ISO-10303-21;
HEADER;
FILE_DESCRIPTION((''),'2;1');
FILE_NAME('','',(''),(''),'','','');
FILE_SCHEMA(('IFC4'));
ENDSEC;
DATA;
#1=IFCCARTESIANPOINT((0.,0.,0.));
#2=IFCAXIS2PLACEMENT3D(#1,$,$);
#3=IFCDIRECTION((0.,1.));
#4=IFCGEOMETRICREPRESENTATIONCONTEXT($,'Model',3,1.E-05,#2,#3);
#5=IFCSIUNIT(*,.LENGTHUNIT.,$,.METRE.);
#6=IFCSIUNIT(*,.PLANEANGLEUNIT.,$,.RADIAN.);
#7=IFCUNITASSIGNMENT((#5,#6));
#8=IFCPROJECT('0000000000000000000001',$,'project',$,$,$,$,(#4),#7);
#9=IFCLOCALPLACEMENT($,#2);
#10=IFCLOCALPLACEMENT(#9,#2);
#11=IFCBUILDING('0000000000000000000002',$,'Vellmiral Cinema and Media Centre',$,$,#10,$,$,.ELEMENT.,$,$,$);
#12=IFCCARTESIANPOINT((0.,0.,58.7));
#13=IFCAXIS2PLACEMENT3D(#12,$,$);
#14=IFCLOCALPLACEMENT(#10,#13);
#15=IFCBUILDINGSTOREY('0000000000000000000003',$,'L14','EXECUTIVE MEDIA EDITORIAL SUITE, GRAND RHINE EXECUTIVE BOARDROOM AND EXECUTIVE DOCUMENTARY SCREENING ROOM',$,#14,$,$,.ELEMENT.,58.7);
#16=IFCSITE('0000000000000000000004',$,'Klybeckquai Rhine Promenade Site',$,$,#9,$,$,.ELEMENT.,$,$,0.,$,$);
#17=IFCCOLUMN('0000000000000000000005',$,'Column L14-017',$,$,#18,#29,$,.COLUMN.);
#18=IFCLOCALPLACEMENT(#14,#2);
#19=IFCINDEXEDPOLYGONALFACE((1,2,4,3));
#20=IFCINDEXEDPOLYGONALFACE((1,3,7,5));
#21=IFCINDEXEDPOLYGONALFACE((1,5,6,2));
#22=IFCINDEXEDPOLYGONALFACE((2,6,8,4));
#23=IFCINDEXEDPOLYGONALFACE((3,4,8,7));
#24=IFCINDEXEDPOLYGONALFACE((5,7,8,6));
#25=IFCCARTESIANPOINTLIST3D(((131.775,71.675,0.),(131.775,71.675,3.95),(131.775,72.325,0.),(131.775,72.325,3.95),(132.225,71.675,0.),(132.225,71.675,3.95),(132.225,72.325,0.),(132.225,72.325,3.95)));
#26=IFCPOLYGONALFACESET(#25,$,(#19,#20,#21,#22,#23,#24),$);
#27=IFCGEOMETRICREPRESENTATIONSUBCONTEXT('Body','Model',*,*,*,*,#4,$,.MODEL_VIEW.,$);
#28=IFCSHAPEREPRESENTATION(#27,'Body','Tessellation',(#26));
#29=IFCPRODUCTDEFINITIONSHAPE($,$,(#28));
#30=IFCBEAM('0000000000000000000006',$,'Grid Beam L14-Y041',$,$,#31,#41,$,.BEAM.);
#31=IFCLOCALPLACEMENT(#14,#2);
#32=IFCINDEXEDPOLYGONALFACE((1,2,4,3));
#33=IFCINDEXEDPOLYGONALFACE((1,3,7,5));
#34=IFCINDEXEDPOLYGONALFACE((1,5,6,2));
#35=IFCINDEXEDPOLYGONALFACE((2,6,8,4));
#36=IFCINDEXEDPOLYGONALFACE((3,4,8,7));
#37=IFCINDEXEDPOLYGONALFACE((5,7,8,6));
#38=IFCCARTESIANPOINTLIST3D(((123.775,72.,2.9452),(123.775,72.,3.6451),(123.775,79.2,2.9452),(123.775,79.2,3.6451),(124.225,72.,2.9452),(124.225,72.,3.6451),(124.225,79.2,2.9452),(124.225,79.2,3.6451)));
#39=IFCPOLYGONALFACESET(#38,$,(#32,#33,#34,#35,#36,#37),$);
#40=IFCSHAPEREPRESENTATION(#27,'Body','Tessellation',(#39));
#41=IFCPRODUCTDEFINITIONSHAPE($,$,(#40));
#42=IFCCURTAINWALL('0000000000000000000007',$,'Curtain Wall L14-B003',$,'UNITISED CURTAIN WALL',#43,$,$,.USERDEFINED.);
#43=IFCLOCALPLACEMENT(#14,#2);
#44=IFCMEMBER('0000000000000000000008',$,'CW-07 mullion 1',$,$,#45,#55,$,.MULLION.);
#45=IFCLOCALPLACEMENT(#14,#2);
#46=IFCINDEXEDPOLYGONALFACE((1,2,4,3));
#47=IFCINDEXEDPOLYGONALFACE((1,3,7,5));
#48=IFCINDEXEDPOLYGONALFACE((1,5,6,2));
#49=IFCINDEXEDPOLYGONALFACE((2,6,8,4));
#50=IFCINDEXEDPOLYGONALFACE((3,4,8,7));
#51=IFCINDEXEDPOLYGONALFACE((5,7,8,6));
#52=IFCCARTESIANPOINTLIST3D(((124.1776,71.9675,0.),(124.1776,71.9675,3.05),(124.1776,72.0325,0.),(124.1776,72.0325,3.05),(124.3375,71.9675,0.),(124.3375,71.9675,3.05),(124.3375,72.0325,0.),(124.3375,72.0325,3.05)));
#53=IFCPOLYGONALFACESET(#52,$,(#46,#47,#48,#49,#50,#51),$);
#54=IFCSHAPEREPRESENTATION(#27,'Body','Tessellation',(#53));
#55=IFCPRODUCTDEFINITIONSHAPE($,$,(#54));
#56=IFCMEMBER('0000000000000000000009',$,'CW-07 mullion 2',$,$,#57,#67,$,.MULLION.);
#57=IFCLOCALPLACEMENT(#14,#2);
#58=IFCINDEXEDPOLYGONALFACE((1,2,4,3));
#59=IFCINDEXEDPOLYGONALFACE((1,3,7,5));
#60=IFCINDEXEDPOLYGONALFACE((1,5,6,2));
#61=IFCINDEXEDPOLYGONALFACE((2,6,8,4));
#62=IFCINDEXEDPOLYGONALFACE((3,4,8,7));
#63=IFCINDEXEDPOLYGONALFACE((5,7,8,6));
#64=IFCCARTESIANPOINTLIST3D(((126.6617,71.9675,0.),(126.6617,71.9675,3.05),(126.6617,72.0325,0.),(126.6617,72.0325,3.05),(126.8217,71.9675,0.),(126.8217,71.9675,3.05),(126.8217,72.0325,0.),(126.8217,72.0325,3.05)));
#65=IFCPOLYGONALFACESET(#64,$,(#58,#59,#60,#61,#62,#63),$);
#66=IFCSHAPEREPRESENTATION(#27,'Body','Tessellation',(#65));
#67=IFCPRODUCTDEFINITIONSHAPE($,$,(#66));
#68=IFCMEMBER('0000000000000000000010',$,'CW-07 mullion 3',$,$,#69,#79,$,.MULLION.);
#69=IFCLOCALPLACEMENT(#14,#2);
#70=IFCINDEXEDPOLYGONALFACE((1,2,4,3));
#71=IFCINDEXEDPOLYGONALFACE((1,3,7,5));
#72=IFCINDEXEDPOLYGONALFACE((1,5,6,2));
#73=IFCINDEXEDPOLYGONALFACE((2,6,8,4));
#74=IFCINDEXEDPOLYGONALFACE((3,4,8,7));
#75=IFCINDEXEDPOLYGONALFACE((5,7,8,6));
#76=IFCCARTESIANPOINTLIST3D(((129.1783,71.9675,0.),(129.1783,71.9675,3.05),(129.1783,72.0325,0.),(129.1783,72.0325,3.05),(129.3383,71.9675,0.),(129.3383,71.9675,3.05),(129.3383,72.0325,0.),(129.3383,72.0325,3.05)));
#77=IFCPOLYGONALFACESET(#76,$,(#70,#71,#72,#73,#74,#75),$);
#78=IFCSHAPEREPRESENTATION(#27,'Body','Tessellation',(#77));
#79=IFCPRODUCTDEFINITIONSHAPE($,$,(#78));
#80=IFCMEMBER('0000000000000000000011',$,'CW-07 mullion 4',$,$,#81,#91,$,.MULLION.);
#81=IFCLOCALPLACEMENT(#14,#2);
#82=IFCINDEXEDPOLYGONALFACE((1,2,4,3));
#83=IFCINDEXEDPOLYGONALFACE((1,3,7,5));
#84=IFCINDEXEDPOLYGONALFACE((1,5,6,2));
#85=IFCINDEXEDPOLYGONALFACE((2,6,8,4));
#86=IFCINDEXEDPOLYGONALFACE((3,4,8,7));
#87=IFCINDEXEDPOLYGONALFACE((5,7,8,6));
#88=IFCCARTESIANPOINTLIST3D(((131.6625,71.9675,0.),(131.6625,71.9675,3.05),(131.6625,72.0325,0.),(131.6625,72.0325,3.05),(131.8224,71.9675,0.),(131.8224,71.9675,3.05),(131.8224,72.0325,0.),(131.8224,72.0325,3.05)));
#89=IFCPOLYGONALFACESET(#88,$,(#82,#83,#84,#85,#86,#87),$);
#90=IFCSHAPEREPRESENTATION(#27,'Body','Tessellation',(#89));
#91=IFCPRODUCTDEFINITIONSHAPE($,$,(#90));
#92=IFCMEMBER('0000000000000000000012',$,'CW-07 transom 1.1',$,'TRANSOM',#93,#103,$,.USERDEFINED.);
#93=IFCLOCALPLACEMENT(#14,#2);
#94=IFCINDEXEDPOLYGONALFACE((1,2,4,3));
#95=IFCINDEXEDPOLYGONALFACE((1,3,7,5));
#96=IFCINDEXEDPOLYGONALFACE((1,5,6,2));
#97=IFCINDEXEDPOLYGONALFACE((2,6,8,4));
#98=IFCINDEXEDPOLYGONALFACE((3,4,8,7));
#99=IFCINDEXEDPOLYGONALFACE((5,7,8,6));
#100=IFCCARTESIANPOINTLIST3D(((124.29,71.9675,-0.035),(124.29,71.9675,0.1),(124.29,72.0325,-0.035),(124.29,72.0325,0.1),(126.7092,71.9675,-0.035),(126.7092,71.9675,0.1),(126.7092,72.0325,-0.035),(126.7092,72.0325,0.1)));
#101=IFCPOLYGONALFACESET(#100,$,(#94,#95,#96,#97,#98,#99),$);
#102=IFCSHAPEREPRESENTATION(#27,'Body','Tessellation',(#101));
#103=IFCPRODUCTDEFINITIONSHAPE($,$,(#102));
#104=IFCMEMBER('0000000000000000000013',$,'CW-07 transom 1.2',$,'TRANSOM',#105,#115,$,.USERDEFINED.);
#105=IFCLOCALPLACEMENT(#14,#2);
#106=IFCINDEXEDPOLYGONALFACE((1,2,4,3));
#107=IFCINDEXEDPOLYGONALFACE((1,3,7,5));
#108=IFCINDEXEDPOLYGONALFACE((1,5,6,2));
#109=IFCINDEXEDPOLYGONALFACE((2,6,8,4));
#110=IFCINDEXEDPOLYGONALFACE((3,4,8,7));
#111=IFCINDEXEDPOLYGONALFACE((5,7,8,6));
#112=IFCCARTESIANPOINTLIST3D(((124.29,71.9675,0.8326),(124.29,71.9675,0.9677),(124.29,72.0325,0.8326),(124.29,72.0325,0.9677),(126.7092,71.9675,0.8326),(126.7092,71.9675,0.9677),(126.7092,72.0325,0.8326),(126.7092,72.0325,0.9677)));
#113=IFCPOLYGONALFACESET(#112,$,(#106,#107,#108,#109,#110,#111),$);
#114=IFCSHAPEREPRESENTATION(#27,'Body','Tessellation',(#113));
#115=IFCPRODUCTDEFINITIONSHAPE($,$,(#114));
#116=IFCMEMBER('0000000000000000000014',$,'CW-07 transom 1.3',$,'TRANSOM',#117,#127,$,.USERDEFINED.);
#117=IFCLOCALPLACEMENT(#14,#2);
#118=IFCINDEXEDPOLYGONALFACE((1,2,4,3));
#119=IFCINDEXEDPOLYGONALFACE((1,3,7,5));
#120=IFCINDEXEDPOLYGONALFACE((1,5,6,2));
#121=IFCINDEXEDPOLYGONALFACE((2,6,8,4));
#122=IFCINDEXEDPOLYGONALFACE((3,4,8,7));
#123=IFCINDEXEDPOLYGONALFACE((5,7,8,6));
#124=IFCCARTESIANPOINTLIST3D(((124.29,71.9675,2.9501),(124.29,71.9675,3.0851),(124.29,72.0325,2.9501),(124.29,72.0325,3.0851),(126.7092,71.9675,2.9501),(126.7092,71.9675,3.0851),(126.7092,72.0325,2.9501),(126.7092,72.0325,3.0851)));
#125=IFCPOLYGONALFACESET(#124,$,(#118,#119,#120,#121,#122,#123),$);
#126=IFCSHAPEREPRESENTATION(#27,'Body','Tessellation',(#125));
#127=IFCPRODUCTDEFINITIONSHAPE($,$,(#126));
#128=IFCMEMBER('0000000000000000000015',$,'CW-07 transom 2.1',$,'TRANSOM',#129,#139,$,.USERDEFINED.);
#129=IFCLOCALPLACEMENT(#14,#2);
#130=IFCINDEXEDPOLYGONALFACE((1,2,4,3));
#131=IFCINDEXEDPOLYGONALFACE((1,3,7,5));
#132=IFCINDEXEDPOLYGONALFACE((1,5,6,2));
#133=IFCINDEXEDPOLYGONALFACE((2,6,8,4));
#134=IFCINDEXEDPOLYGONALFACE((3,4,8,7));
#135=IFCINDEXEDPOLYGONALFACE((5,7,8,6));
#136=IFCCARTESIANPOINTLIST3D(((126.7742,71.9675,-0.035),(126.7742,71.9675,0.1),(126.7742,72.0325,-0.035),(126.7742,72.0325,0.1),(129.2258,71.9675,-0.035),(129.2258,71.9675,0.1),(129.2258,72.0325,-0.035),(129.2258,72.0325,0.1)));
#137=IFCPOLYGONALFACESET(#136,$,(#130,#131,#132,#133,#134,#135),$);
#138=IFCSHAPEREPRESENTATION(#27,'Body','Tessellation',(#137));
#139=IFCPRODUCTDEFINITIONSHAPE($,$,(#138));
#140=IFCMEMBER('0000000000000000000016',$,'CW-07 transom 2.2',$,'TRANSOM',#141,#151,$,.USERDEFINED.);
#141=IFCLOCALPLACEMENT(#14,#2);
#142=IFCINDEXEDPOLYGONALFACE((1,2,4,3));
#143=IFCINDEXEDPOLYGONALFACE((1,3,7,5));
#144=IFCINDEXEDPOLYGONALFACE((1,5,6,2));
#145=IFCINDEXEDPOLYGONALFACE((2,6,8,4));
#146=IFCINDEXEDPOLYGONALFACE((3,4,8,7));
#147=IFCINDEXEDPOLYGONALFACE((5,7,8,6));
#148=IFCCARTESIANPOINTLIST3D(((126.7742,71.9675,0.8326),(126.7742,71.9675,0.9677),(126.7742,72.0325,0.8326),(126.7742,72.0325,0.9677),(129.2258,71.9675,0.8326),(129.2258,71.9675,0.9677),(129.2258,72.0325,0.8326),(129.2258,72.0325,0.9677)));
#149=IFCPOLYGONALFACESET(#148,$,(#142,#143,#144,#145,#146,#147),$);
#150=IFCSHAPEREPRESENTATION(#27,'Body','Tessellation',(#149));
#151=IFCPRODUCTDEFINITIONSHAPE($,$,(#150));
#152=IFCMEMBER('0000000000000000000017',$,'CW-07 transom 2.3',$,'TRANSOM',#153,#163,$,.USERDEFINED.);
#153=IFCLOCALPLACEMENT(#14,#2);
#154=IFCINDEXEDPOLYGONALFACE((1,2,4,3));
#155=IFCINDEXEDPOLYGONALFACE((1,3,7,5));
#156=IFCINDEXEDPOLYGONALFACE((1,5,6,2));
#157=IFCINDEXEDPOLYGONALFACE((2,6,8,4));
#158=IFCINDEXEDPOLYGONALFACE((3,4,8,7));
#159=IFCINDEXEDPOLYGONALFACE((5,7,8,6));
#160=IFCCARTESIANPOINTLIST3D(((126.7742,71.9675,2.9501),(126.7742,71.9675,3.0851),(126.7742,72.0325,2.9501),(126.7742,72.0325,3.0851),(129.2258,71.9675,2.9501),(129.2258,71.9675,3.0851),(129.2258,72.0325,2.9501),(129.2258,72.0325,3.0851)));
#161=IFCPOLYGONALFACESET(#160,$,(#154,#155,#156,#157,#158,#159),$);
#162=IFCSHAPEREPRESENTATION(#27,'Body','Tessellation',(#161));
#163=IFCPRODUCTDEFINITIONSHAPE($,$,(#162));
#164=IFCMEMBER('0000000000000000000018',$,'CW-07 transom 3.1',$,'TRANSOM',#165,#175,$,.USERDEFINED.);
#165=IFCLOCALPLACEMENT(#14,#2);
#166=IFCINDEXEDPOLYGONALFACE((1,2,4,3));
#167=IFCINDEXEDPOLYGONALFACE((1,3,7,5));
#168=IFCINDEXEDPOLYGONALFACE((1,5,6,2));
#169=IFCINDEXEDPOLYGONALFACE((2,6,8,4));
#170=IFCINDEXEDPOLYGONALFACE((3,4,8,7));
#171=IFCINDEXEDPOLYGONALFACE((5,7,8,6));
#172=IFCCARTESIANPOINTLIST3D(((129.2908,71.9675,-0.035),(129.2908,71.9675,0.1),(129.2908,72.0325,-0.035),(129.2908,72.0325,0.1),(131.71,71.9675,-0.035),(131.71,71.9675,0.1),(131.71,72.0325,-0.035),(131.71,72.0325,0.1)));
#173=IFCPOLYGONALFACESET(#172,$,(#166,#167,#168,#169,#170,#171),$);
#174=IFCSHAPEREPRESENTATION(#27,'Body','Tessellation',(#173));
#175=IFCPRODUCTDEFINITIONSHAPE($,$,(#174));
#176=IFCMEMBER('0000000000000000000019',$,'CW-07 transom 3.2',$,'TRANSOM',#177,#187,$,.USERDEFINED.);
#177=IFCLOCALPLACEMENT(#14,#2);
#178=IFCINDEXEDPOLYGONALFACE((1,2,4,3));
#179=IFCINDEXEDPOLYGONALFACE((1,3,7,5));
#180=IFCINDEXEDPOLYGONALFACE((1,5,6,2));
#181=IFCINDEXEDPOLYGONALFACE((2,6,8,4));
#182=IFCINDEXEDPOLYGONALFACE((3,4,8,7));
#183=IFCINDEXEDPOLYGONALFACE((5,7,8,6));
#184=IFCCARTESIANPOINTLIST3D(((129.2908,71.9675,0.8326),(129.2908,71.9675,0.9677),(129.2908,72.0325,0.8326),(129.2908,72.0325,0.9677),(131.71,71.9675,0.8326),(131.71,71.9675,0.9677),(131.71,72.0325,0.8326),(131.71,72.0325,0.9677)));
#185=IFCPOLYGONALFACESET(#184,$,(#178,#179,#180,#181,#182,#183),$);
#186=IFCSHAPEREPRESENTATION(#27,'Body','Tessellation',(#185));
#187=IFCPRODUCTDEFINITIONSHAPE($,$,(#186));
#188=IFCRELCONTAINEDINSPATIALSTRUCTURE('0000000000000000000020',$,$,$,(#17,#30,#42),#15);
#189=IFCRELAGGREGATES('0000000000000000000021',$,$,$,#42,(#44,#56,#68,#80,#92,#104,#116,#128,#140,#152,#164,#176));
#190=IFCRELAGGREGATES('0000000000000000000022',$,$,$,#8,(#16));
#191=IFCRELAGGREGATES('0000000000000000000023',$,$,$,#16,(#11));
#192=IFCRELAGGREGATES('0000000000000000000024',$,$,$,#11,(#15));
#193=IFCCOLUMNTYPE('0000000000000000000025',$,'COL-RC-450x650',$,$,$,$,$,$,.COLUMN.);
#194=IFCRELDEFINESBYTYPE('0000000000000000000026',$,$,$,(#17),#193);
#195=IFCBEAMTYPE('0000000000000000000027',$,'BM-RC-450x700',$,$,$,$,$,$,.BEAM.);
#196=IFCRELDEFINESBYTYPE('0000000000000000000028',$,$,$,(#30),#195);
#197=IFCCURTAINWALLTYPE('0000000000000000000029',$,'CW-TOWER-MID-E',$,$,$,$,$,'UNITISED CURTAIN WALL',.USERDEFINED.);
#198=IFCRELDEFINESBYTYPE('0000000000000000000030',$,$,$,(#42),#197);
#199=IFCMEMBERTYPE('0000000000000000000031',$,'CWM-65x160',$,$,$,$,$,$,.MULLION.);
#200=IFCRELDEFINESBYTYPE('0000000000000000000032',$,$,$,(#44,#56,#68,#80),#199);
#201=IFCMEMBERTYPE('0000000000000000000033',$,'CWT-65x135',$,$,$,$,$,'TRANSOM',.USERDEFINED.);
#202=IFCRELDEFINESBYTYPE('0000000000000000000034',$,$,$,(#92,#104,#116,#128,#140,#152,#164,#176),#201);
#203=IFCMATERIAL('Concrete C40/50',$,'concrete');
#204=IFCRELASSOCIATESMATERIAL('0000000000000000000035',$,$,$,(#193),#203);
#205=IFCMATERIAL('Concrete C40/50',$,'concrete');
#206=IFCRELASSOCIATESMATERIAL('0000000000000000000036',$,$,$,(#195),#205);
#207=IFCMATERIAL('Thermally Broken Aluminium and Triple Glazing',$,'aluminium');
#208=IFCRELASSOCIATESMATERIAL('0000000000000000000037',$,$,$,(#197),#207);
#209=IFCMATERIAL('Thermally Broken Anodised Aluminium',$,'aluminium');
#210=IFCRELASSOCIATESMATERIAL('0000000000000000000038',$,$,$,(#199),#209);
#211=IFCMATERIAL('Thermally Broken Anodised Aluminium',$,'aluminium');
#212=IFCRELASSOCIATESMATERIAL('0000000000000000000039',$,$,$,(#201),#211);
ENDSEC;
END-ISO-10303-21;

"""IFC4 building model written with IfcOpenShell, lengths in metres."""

from ifc_helpers import new_model, si_unit, direction, frame, origin, origin_2d, place, context, subcontext, project, spatial, rectangle, extrude, material, material_profile, profile_set, type_object, element, aggregate, save


model = new_model("IFC4")

# Units and contexts
model_context = context("Model", 3, precision=1e-05, world=origin(), true_north=direction((0.0, 1.0)))
body_context = subcontext(model_context, "Body", "Model", "MODEL_VIEW")
ifc_project = project(units=[si_unit("LENGTHUNIT", "METRE"), si_unit("PLANEANGLEUNIT", "RADIAN")], contexts=[model_context])

# Site, building, storey
site_placement = place(None, origin())
site = spatial("IfcSite", under=ifc_project, at=site_placement, Name="Klybeckquai Rhine Promenade Site", CompositionType="ELEMENT", RefElevation=0.0)
building_placement = place(site_placement, origin())
building = spatial("IfcBuilding", under=site, at=building_placement, Name="Vellmiral Cinema and Media Centre", CompositionType="ELEMENT")
storey_placement = place(building_placement, frame((0.0, 0.0, 58.7)))
storey = spatial("IfcBuildingStorey", under=building, at=storey_placement, Name="L14", Description="EXECUTIVE MEDIA EDITORIAL SUITE, GRAND RHINE EXECUTIVE BOARDROOM AND EXECUTIVE DOCUMENTARY SCREENING ROOM", CompositionType="ELEMENT", Elevation=58.7)

# Column
ifc_material_1 = material(Name="Concrete C40/50", Category="concrete")
ifc_material_profile_1 = material_profile(ifc_material_1, rectangle(XDim=0.45, YDim=0.6499, at=origin_2d()), Name="RC 450x650")
ifc_profile_set_1 = profile_set([ifc_material_profile_1], Name="Concrete C40/50")
column_type = type_object("IfcColumnType", Name="COL-RC-450x650", PredefinedType="COLUMN", material=ifc_profile_set_1)
column_placement = place(storey_placement, frame((132.0, 72.0, 0.0), z_axis=(0.0, 0.0, 1.0), x_axis=(1.0, 0.0, 0.0)))
element("IfcColumn", 1, at=column_placement, inside=storey, type_object=column_type, Name="Column L14-017", PredefinedType="COLUMN", context=body_context, shape_type="SweptSolid", body=[
    extrude(rectangle(XDim=0.45, YDim=0.6499, at=origin_2d()), origin(), (0.0, 0.0, 1.0), 3.95),
])

# Beam
ifc_material_2 = material(Name="Concrete C40/50", Category="concrete")
ifc_material_profile_2 = material_profile(ifc_material_2, rectangle(XDim=0.45, YDim=0.7, at=origin_2d()), Name="RC 450x700")
ifc_profile_set_2 = profile_set([ifc_material_profile_2], Name="Concrete C40/50")
beam_type_1 = type_object("IfcBeamType", Name="BM-RC-450x700", PredefinedType="BEAM", material=ifc_profile_set_2)
beam_1_placement = place(storey_placement, frame((124.0, 72.0, 3.2952), z_axis=(0.0, 1.0, 0.0), x_axis=(-1.0, 0.0, 0.0)))
element("IfcBeam", 2, at=beam_1_placement, inside=storey, type_object=beam_type_1, Name="Grid Beam L14-Y041", PredefinedType="BEAM", context=body_context, shape_type="SweptSolid", body=[
    extrude(rectangle(XDim=0.45, YDim=0.7, at=origin_2d()), origin(), (0.0, 0.0, 1.0), 7.2),
])

# Curtain wall, members
ifc_material_3 = material(Name="Thermally Broken Aluminium and Triple Glazing", Category="aluminium")
curtain_wall_type = type_object("IfcCurtainWallType", Name="CW-TOWER-MID-E", ElementType="UNITISED CURTAIN WALL", PredefinedType="USERDEFINED", material=ifc_material_3)
curtain_wall_placement = place(storey_placement, origin())
curtain_wall = element("IfcCurtainWall", 3, at=curtain_wall_placement, inside=storey, type_object=curtain_wall_type, Name="Curtain Wall L14-B003", ObjectType="UNITISED CURTAIN WALL", PredefinedType="USERDEFINED")
ifc_material_4 = material(Name="Thermally Broken Anodised Aluminium", Category="aluminium")
ifc_material_profile_3 = material_profile(ifc_material_4, rectangle(XDim=0.0649, YDim=0.1599, at=origin_2d()), Name="MULL 65x160")
ifc_profile_set_3 = profile_set([ifc_material_profile_3], Name="Thermally Broken Anodised Aluminium")
member_type_1 = type_object("IfcMemberType", Name="CWM-65x160", PredefinedType="MULLION", material=ifc_profile_set_3)
member_1_placement = place(storey_placement, frame((124.2576, 72.0, 0.0), z_axis=(0.0, 0.0, 1.0), x_axis=(0.0, 1.0, 0.0)))
member_1 = element("IfcMember", 4, at=member_1_placement, type_object=member_type_1, Name="CW-07 mullion 1", PredefinedType="MULLION", context=body_context, shape_type="SweptSolid", body=[
    extrude(rectangle(XDim=0.0649, YDim=0.1599, at=origin_2d()), origin(), (0.0, 0.0, 1.0), 3.05),
])
member_2_placement = place(storey_placement, frame((126.7417, 72.0, 0.0), z_axis=(0.0, 0.0, 1.0), x_axis=(0.0, 1.0, 0.0)))
member_2 = element("IfcMember", 5, at=member_2_placement, type_object=member_type_1, Name="CW-07 mullion 2", PredefinedType="MULLION", context=body_context, shape_type="SweptSolid", body=[
    extrude(rectangle(XDim=0.0649, YDim=0.1599, at=origin_2d()), origin(), (0.0, 0.0, 1.0), 3.05),
])
member_3_placement = place(storey_placement, frame((129.2583, 72.0, 0.0), z_axis=(0.0, 0.0, 1.0), x_axis=(0.0, 1.0, 0.0)))
member_3 = element("IfcMember", 6, at=member_3_placement, type_object=member_type_1, Name="CW-07 mullion 3", PredefinedType="MULLION", context=body_context, shape_type="SweptSolid", body=[
    extrude(rectangle(XDim=0.0649, YDim=0.1599, at=origin_2d()), origin(), (0.0, 0.0, 1.0), 3.05),
])
member_4_placement = place(storey_placement, frame((131.7424, 72.0, 0.0), z_axis=(0.0, 0.0, 1.0), x_axis=(0.0, 1.0, 0.0)))
member_4 = element("IfcMember", 7, at=member_4_placement, type_object=member_type_1, Name="CW-07 mullion 4", PredefinedType="MULLION", context=body_context, shape_type="SweptSolid", body=[
    extrude(rectangle(XDim=0.0649, YDim=0.1599, at=origin_2d()), origin(), (0.0, 0.0, 1.0), 3.05),
])
ifc_material_5 = material(Name="Thermally Broken Anodised Aluminium", Category="aluminium")
ifc_material_profile_4 = material_profile(ifc_material_5, rectangle(XDim=0.0649, YDim=0.135, at=origin_2d()), Name="MULL 65x135")
ifc_profile_set_4 = profile_set([ifc_material_profile_4], Name="Thermally Broken Anodised Aluminium")
member_type_2 = type_object("IfcMemberType", Name="CWT-65x135", ElementType="TRANSOM", PredefinedType="USERDEFINED", material=ifc_profile_set_4)
member_5_placement = place(storey_placement, frame((124.29, 72.0, 0.0325), z_axis=(1.0, 0.0, 0.0), x_axis=(0.0, 1.0, 0.0)))
member_5 = element("IfcMember", 8, at=member_5_placement, type_object=member_type_2, Name="CW-07 transom 1.1", ObjectType="TRANSOM", PredefinedType="USERDEFINED", context=body_context, shape_type="SweptSolid", body=[
    extrude(rectangle(XDim=0.0649, YDim=0.135, at=origin_2d()), origin(), (0.0, 0.0, 1.0), 2.4192),
])
member_6_placement = place(storey_placement, frame((124.29, 72.0, 0.9001), z_axis=(1.0, 0.0, 0.0), x_axis=(0.0, 1.0, 0.0)))
member_6 = element("IfcMember", 9, at=member_6_placement, type_object=member_type_2, Name="CW-07 transom 1.2", ObjectType="TRANSOM", PredefinedType="USERDEFINED", context=body_context, shape_type="SweptSolid", body=[
    extrude(rectangle(XDim=0.0649, YDim=0.135, at=origin_2d()), origin(), (0.0, 0.0, 1.0), 2.4192),
])
member_7_placement = place(storey_placement, frame((124.29, 72.0, 3.0176), z_axis=(1.0, 0.0, 0.0), x_axis=(0.0, 1.0, 0.0)))
member_7 = element("IfcMember", 10, at=member_7_placement, type_object=member_type_2, Name="CW-07 transom 1.3", ObjectType="TRANSOM", PredefinedType="USERDEFINED", context=body_context, shape_type="SweptSolid", body=[
    extrude(rectangle(XDim=0.0649, YDim=0.135, at=origin_2d()), origin(), (0.0, 0.0, 1.0), 2.4192),
])
member_8_placement = place(storey_placement, frame((126.7742, 72.0, 0.0325), z_axis=(1.0, 0.0, 0.0), x_axis=(0.0, 1.0, 0.0)))
member_8 = element("IfcMember", 11, at=member_8_placement, type_object=member_type_2, Name="CW-07 transom 2.1", ObjectType="TRANSOM", PredefinedType="USERDEFINED", context=body_context, shape_type="SweptSolid", body=[
    extrude(rectangle(XDim=0.0649, YDim=0.135, at=origin_2d()), origin(), (0.0, 0.0, 1.0), 2.4517),
])
member_9_placement = place(storey_placement, frame((126.7742, 72.0, 0.9001), z_axis=(1.0, 0.0, 0.0), x_axis=(0.0, 1.0, 0.0)))
member_9 = element("IfcMember", 12, at=member_9_placement, type_object=member_type_2, Name="CW-07 transom 2.2", ObjectType="TRANSOM", PredefinedType="USERDEFINED", context=body_context, shape_type="SweptSolid", body=[
    extrude(rectangle(XDim=0.0649, YDim=0.135, at=origin_2d()), origin(), (0.0, 0.0, 1.0), 2.4517),
])
member_10_placement = place(storey_placement, frame((126.7742, 72.0, 3.0176), z_axis=(1.0, 0.0, 0.0), x_axis=(0.0, 1.0, 0.0)))
member_10 = element("IfcMember", 13, at=member_10_placement, type_object=member_type_2, Name="CW-07 transom 2.3", ObjectType="TRANSOM", PredefinedType="USERDEFINED", context=body_context, shape_type="SweptSolid", body=[
    extrude(rectangle(XDim=0.0649, YDim=0.135, at=origin_2d()), origin(), (0.0, 0.0, 1.0), 2.4517),
])
member_11_placement = place(storey_placement, frame((129.2908, 72.0, 0.0325), z_axis=(1.0, 0.0, 0.0), x_axis=(0.0, 1.0, 0.0)))
member_11 = element("IfcMember", 14, at=member_11_placement, type_object=member_type_2, Name="CW-07 transom 3.1", ObjectType="TRANSOM", PredefinedType="USERDEFINED", context=body_context, shape_type="SweptSolid", body=[
    extrude(rectangle(XDim=0.0649, YDim=0.135, at=origin_2d()), origin(), (0.0, 0.0, 1.0), 2.4192),
])
member_12_placement = place(storey_placement, frame((129.2908, 72.0, 0.9001), z_axis=(1.0, 0.0, 0.0), x_axis=(0.0, 1.0, 0.0)))
member_12 = element("IfcMember", 15, at=member_12_placement, type_object=member_type_2, Name="CW-07 transom 3.2", ObjectType="TRANSOM", PredefinedType="USERDEFINED", context=body_context, shape_type="SweptSolid", body=[
    extrude(rectangle(XDim=0.0649, YDim=0.135, at=origin_2d()), origin(), (0.0, 0.0, 1.0), 2.4192),
])

aggregate(curtain_wall, [member_1, member_2, member_3, member_4, member_5, member_6, member_7, member_8, member_9, member_10, member_11, member_12])

save(model, "model.ifc")
